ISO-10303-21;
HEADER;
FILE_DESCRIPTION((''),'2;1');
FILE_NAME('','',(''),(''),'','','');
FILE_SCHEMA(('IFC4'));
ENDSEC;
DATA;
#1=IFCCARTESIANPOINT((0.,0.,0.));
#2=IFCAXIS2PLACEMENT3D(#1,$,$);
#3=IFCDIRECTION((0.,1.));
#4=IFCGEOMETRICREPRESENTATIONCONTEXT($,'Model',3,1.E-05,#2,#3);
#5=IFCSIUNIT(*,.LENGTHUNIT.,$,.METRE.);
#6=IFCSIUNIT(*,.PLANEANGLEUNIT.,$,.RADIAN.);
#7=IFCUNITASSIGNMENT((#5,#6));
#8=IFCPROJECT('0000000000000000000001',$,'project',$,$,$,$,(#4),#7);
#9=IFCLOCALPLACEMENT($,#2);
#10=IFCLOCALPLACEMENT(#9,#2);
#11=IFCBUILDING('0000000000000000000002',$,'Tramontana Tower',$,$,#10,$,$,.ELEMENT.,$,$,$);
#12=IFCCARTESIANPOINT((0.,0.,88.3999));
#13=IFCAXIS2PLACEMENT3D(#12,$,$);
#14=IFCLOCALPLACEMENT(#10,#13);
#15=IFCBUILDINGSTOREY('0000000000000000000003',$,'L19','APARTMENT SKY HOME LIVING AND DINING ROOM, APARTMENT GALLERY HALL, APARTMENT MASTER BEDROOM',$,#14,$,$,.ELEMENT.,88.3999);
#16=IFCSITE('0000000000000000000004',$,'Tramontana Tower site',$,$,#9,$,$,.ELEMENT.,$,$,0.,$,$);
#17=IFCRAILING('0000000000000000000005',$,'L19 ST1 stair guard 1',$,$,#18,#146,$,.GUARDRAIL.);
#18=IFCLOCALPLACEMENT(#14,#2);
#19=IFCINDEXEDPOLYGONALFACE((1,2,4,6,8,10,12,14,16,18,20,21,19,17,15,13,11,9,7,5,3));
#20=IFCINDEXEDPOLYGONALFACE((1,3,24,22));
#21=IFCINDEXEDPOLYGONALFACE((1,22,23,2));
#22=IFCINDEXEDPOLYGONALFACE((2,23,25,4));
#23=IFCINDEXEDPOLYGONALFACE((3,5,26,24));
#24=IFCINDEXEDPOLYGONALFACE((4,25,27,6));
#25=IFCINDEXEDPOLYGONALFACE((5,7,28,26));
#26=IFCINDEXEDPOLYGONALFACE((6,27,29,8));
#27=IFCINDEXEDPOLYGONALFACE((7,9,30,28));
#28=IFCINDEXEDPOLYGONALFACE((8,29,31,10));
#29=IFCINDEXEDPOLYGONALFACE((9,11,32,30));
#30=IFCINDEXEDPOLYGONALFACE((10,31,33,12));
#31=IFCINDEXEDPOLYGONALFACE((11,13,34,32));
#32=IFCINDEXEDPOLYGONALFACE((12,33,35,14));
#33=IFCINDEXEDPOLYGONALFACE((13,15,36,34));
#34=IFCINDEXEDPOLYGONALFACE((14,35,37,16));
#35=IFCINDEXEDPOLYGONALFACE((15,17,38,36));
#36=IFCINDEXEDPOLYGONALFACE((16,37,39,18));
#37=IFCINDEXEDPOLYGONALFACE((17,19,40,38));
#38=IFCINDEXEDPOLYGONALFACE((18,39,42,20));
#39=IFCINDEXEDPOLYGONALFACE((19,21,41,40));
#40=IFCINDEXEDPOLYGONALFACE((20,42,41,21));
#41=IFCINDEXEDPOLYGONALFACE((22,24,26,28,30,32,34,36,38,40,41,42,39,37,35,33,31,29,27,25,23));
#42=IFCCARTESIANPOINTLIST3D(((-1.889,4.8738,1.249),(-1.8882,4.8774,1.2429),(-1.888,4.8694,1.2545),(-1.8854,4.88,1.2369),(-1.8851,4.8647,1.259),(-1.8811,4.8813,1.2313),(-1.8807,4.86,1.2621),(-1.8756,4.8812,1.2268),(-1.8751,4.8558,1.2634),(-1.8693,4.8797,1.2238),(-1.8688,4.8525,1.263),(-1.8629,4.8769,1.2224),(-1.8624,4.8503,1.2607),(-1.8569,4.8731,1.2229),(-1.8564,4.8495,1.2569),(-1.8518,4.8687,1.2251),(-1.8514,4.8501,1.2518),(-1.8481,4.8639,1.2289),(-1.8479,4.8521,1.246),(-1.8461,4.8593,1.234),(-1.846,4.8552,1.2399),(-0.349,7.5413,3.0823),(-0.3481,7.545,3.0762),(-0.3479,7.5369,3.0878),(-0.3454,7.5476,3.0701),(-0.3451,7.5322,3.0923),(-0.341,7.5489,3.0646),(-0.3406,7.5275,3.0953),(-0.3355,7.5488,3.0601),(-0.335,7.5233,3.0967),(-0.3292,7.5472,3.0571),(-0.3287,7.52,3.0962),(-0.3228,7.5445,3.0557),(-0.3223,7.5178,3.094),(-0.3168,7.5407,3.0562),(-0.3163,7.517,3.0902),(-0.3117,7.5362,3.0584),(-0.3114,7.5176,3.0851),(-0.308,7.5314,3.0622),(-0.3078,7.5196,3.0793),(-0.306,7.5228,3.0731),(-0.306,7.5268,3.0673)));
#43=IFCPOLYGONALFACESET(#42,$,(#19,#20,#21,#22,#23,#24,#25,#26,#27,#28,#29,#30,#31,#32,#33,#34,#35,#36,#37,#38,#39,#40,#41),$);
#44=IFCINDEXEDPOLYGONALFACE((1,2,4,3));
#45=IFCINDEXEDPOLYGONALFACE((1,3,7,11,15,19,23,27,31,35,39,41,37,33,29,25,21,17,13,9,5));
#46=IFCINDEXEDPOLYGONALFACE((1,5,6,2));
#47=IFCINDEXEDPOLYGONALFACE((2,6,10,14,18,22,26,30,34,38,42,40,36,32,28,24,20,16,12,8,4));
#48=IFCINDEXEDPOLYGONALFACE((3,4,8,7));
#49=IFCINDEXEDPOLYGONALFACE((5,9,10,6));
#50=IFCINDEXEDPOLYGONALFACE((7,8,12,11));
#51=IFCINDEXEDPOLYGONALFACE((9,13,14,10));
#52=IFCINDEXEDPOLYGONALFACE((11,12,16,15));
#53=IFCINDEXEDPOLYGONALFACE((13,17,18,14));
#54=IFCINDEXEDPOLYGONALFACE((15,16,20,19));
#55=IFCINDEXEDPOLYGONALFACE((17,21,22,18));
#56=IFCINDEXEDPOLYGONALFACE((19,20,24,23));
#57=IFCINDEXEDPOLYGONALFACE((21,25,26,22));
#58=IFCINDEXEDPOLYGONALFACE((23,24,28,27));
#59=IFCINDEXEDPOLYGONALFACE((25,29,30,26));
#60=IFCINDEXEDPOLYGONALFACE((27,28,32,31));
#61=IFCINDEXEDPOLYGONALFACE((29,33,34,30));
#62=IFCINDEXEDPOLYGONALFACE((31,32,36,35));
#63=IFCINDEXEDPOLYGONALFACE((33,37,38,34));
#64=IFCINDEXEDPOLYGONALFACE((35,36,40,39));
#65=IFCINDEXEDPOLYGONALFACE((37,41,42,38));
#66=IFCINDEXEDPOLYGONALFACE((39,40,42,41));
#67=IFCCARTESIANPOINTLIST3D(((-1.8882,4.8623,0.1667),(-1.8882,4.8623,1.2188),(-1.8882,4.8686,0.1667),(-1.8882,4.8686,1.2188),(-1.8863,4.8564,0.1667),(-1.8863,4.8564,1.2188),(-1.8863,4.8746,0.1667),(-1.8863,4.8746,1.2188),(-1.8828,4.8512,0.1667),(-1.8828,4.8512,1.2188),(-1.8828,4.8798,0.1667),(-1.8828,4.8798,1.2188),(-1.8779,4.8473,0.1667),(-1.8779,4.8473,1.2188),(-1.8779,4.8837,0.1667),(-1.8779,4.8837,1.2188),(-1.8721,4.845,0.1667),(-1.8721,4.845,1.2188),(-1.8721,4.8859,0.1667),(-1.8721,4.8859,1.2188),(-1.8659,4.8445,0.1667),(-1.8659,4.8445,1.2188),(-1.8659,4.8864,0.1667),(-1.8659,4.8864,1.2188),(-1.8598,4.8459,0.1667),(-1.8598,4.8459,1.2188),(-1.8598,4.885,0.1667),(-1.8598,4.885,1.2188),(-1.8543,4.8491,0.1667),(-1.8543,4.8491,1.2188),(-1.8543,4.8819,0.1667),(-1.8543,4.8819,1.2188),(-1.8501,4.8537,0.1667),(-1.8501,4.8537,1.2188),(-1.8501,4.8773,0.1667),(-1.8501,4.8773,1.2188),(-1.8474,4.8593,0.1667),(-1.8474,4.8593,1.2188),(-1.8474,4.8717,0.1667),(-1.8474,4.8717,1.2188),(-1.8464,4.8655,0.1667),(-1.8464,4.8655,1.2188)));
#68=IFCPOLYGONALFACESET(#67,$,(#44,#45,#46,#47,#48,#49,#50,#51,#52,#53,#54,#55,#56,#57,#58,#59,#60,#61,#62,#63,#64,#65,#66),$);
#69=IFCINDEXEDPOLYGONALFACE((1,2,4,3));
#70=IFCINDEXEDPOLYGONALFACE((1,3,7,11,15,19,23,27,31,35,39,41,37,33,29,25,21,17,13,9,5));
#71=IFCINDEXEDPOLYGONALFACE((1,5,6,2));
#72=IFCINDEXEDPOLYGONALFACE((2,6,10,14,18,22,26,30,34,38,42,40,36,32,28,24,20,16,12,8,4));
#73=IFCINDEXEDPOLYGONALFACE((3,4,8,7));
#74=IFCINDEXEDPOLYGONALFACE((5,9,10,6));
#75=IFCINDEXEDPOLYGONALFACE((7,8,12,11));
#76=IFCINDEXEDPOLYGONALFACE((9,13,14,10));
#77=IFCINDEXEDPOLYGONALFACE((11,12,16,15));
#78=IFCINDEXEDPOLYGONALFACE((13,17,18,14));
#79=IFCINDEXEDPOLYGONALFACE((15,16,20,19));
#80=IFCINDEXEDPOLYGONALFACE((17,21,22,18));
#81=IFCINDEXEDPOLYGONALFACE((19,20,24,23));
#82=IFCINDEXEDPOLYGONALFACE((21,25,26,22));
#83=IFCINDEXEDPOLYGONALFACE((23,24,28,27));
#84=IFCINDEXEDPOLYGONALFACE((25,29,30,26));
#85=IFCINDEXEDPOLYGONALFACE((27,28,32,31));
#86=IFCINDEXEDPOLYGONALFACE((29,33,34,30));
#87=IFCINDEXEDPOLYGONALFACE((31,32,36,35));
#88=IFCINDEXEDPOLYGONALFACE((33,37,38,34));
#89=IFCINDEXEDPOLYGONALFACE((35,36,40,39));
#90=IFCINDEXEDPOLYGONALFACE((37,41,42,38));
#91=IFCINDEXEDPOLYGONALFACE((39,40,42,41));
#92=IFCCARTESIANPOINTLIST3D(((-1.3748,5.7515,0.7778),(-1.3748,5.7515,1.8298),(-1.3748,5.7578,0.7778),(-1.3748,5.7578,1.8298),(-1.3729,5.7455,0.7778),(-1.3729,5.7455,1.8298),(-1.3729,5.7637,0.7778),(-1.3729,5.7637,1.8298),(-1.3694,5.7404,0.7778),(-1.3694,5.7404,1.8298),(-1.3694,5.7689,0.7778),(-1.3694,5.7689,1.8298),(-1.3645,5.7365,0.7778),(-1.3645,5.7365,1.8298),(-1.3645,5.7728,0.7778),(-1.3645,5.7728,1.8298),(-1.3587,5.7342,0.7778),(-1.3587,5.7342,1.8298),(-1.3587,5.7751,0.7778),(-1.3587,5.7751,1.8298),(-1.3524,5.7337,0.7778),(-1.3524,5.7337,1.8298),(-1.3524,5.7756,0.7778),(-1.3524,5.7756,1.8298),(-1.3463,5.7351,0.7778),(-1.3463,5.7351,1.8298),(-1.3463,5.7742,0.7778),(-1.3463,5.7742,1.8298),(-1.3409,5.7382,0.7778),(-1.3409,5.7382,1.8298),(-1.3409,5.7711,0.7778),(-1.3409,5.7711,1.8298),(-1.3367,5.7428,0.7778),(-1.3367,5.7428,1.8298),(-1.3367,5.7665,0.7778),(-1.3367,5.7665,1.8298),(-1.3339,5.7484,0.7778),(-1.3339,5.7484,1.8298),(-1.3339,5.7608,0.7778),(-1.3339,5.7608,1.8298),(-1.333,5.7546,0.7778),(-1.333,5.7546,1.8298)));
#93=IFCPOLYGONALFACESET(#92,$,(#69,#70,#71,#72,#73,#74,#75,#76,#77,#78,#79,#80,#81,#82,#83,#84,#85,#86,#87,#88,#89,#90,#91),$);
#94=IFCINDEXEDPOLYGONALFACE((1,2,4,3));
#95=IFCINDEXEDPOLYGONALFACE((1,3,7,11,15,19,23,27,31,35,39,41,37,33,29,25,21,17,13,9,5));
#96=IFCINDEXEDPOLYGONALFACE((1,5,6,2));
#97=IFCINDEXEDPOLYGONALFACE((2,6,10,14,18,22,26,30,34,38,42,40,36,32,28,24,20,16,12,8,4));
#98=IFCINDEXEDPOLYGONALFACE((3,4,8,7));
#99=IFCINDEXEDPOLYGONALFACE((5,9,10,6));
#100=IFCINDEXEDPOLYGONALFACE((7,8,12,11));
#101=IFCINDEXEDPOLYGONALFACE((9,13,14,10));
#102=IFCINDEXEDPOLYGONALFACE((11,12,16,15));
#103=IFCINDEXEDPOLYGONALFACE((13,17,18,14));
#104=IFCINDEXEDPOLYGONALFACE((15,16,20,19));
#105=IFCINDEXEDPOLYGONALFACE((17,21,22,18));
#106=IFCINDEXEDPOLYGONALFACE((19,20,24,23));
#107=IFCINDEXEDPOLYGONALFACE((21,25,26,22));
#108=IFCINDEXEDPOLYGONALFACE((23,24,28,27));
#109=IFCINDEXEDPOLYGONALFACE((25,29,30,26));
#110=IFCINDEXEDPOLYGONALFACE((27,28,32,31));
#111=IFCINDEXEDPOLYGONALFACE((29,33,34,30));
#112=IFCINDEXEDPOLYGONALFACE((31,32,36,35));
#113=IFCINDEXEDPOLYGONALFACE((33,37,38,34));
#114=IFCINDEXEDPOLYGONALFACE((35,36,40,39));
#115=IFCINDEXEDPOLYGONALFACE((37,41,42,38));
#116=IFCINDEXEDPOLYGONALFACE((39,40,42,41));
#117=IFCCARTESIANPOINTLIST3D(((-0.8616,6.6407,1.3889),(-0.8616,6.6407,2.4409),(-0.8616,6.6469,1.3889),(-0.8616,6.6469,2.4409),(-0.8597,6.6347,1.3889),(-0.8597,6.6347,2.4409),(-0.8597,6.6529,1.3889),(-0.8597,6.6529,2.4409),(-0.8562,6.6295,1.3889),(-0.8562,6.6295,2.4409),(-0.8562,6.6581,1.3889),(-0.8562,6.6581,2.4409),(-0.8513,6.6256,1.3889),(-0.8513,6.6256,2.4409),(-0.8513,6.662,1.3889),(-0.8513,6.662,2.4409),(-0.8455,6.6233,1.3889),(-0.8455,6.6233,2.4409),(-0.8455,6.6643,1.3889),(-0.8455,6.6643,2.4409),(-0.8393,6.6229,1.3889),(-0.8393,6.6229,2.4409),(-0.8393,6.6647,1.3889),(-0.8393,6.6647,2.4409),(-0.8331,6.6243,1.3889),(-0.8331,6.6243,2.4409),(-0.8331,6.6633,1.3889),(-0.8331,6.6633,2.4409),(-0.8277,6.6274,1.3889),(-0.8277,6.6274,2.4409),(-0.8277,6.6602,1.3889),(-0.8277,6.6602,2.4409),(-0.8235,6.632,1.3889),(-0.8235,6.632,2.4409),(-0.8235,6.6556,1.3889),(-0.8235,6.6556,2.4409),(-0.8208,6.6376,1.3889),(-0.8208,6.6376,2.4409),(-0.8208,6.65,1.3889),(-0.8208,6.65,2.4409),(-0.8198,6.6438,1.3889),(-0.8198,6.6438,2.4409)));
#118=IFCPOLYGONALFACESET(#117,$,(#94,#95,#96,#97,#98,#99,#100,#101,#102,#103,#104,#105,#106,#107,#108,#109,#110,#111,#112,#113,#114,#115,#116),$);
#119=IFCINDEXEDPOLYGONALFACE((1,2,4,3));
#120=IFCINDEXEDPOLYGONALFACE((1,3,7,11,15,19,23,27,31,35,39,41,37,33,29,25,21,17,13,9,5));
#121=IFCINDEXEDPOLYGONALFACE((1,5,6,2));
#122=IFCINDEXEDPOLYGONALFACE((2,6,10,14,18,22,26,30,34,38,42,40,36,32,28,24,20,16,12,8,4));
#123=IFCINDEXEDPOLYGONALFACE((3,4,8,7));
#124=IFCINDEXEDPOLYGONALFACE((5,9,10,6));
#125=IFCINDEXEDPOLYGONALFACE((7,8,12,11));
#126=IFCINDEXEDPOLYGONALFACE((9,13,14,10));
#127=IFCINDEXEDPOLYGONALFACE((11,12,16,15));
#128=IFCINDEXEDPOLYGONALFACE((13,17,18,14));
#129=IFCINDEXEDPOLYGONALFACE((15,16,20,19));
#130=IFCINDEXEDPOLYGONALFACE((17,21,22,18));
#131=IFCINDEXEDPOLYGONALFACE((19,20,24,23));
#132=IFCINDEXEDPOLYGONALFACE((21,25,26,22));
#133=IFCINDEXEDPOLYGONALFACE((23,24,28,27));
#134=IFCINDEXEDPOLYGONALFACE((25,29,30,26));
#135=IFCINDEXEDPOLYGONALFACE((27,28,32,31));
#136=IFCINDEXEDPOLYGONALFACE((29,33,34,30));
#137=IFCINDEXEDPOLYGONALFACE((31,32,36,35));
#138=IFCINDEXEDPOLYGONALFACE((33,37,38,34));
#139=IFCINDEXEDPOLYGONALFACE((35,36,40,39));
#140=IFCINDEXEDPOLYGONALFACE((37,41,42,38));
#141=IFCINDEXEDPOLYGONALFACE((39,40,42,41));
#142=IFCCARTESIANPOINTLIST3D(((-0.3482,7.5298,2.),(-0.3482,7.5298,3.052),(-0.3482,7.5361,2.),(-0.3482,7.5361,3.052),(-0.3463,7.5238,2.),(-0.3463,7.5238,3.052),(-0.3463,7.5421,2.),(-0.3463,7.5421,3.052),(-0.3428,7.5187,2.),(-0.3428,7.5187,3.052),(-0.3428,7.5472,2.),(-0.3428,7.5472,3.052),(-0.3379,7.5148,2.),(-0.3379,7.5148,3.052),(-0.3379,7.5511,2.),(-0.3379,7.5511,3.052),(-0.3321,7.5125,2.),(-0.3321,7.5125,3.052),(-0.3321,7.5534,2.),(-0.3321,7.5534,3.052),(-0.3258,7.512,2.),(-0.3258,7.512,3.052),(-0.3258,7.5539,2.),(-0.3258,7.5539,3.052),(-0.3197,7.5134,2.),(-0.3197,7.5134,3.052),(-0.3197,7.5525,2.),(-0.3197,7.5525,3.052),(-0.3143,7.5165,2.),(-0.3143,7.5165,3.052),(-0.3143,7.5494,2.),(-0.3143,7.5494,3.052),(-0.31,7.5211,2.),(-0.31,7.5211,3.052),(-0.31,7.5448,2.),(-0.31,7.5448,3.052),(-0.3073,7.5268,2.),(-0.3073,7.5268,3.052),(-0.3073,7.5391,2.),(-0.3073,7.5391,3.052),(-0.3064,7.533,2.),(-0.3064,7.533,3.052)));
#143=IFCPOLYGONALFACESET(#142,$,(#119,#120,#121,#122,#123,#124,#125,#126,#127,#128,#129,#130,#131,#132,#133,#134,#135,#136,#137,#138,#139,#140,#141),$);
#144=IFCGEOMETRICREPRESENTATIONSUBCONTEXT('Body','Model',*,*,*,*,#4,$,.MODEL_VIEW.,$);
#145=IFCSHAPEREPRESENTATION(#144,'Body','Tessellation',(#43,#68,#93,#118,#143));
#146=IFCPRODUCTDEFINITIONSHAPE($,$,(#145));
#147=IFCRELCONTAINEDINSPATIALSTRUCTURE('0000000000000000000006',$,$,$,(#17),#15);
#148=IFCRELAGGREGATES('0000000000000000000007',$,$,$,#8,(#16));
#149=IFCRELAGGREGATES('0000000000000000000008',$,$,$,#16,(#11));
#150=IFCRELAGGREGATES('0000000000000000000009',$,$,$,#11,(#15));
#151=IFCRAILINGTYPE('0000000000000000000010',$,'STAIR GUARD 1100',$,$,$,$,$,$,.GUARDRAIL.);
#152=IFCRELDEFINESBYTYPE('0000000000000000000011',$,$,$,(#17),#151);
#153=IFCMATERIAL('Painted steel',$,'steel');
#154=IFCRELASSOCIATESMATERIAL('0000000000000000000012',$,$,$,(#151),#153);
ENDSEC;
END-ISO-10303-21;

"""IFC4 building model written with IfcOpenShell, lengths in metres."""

from ifc_helpers import new_model, si_unit, direction, frame, origin, origin_2d, place, context, subcontext, project, spatial, circle, extrude, material, type_object, element, save


model = new_model("IFC4")

# Units and contexts
model_context = context("Model", 3, precision=1e-05, world=origin(), true_north=direction((0.0, 1.0)))
body_context = subcontext(model_context, "Body", "Model", "MODEL_VIEW")
ifc_project = project(units=[si_unit("LENGTHUNIT", "METRE"), si_unit("PLANEANGLEUNIT", "RADIAN")], contexts=[model_context])

# Site, building, storey
site_placement = place(None, origin())
site = spatial("IfcSite", under=ifc_project, at=site_placement, Name="Tramontana Tower site", CompositionType="ELEMENT", RefElevation=0.0)
building_placement = place(site_placement, origin())
building = spatial("IfcBuilding", under=site, at=building_placement, Name="Tramontana Tower", CompositionType="ELEMENT")
storey_placement = place(building_placement, frame((0.0, 0.0, 88.3999)))
storey = spatial("IfcBuildingStorey", under=building, at=storey_placement, Name="L19", Description="APARTMENT SKY HOME LIVING AND DINING ROOM, APARTMENT GALLERY HALL, APARTMENT MASTER BEDROOM", CompositionType="ELEMENT", Elevation=88.3999)

# Railing
ifc_material_1 = material(Name="Painted steel", Category="steel")
railing_type_1 = type_object("IfcRailingType", Name="STAIR GUARD 1100", PredefinedType="GUARDRAIL", material=ifc_material_1)
railing_1_placement = place(storey_placement, frame((-1.8674, 4.8655, 0.1667)))
element("IfcRailing", 1, at=railing_1_placement, inside=storey, type_object=railing_type_1, Name="L19 ST1 stair guard 1", PredefinedType="GUARDRAIL", context=body_context, shape_type="SweptSolid", body=[
    extrude(circle(Radius=0.0239, at=origin_2d()), frame((0.0, 0.0, 1.0762), z_axis=(0.429649, 0.74419, 0.511452), x_axis=(-0.86603, 0.499992, 0.0)), (0.0, 0.0, 1.0), 3.5845),
    extrude(circle(Radius=0.021, at=origin_2d()), origin(), (0.0, 0.0, 1.0), 1.052),
    extrude(circle(Radius=0.021, at=origin_2d()), frame((0.5134, 0.8892, 0.6111)), (0.0, 0.0, 1.0), 1.052),
    extrude(circle(Radius=0.021, at=origin_2d()), frame((1.0266, 1.7783, 1.2222)), (0.0, 0.0, 1.0), 1.052),
    extrude(circle(Radius=0.021, at=origin_2d()), frame((1.54, 2.6675, 1.8333)), (0.0, 0.0, 1.0), 1.052),
])

save(model, "model.ifc")
